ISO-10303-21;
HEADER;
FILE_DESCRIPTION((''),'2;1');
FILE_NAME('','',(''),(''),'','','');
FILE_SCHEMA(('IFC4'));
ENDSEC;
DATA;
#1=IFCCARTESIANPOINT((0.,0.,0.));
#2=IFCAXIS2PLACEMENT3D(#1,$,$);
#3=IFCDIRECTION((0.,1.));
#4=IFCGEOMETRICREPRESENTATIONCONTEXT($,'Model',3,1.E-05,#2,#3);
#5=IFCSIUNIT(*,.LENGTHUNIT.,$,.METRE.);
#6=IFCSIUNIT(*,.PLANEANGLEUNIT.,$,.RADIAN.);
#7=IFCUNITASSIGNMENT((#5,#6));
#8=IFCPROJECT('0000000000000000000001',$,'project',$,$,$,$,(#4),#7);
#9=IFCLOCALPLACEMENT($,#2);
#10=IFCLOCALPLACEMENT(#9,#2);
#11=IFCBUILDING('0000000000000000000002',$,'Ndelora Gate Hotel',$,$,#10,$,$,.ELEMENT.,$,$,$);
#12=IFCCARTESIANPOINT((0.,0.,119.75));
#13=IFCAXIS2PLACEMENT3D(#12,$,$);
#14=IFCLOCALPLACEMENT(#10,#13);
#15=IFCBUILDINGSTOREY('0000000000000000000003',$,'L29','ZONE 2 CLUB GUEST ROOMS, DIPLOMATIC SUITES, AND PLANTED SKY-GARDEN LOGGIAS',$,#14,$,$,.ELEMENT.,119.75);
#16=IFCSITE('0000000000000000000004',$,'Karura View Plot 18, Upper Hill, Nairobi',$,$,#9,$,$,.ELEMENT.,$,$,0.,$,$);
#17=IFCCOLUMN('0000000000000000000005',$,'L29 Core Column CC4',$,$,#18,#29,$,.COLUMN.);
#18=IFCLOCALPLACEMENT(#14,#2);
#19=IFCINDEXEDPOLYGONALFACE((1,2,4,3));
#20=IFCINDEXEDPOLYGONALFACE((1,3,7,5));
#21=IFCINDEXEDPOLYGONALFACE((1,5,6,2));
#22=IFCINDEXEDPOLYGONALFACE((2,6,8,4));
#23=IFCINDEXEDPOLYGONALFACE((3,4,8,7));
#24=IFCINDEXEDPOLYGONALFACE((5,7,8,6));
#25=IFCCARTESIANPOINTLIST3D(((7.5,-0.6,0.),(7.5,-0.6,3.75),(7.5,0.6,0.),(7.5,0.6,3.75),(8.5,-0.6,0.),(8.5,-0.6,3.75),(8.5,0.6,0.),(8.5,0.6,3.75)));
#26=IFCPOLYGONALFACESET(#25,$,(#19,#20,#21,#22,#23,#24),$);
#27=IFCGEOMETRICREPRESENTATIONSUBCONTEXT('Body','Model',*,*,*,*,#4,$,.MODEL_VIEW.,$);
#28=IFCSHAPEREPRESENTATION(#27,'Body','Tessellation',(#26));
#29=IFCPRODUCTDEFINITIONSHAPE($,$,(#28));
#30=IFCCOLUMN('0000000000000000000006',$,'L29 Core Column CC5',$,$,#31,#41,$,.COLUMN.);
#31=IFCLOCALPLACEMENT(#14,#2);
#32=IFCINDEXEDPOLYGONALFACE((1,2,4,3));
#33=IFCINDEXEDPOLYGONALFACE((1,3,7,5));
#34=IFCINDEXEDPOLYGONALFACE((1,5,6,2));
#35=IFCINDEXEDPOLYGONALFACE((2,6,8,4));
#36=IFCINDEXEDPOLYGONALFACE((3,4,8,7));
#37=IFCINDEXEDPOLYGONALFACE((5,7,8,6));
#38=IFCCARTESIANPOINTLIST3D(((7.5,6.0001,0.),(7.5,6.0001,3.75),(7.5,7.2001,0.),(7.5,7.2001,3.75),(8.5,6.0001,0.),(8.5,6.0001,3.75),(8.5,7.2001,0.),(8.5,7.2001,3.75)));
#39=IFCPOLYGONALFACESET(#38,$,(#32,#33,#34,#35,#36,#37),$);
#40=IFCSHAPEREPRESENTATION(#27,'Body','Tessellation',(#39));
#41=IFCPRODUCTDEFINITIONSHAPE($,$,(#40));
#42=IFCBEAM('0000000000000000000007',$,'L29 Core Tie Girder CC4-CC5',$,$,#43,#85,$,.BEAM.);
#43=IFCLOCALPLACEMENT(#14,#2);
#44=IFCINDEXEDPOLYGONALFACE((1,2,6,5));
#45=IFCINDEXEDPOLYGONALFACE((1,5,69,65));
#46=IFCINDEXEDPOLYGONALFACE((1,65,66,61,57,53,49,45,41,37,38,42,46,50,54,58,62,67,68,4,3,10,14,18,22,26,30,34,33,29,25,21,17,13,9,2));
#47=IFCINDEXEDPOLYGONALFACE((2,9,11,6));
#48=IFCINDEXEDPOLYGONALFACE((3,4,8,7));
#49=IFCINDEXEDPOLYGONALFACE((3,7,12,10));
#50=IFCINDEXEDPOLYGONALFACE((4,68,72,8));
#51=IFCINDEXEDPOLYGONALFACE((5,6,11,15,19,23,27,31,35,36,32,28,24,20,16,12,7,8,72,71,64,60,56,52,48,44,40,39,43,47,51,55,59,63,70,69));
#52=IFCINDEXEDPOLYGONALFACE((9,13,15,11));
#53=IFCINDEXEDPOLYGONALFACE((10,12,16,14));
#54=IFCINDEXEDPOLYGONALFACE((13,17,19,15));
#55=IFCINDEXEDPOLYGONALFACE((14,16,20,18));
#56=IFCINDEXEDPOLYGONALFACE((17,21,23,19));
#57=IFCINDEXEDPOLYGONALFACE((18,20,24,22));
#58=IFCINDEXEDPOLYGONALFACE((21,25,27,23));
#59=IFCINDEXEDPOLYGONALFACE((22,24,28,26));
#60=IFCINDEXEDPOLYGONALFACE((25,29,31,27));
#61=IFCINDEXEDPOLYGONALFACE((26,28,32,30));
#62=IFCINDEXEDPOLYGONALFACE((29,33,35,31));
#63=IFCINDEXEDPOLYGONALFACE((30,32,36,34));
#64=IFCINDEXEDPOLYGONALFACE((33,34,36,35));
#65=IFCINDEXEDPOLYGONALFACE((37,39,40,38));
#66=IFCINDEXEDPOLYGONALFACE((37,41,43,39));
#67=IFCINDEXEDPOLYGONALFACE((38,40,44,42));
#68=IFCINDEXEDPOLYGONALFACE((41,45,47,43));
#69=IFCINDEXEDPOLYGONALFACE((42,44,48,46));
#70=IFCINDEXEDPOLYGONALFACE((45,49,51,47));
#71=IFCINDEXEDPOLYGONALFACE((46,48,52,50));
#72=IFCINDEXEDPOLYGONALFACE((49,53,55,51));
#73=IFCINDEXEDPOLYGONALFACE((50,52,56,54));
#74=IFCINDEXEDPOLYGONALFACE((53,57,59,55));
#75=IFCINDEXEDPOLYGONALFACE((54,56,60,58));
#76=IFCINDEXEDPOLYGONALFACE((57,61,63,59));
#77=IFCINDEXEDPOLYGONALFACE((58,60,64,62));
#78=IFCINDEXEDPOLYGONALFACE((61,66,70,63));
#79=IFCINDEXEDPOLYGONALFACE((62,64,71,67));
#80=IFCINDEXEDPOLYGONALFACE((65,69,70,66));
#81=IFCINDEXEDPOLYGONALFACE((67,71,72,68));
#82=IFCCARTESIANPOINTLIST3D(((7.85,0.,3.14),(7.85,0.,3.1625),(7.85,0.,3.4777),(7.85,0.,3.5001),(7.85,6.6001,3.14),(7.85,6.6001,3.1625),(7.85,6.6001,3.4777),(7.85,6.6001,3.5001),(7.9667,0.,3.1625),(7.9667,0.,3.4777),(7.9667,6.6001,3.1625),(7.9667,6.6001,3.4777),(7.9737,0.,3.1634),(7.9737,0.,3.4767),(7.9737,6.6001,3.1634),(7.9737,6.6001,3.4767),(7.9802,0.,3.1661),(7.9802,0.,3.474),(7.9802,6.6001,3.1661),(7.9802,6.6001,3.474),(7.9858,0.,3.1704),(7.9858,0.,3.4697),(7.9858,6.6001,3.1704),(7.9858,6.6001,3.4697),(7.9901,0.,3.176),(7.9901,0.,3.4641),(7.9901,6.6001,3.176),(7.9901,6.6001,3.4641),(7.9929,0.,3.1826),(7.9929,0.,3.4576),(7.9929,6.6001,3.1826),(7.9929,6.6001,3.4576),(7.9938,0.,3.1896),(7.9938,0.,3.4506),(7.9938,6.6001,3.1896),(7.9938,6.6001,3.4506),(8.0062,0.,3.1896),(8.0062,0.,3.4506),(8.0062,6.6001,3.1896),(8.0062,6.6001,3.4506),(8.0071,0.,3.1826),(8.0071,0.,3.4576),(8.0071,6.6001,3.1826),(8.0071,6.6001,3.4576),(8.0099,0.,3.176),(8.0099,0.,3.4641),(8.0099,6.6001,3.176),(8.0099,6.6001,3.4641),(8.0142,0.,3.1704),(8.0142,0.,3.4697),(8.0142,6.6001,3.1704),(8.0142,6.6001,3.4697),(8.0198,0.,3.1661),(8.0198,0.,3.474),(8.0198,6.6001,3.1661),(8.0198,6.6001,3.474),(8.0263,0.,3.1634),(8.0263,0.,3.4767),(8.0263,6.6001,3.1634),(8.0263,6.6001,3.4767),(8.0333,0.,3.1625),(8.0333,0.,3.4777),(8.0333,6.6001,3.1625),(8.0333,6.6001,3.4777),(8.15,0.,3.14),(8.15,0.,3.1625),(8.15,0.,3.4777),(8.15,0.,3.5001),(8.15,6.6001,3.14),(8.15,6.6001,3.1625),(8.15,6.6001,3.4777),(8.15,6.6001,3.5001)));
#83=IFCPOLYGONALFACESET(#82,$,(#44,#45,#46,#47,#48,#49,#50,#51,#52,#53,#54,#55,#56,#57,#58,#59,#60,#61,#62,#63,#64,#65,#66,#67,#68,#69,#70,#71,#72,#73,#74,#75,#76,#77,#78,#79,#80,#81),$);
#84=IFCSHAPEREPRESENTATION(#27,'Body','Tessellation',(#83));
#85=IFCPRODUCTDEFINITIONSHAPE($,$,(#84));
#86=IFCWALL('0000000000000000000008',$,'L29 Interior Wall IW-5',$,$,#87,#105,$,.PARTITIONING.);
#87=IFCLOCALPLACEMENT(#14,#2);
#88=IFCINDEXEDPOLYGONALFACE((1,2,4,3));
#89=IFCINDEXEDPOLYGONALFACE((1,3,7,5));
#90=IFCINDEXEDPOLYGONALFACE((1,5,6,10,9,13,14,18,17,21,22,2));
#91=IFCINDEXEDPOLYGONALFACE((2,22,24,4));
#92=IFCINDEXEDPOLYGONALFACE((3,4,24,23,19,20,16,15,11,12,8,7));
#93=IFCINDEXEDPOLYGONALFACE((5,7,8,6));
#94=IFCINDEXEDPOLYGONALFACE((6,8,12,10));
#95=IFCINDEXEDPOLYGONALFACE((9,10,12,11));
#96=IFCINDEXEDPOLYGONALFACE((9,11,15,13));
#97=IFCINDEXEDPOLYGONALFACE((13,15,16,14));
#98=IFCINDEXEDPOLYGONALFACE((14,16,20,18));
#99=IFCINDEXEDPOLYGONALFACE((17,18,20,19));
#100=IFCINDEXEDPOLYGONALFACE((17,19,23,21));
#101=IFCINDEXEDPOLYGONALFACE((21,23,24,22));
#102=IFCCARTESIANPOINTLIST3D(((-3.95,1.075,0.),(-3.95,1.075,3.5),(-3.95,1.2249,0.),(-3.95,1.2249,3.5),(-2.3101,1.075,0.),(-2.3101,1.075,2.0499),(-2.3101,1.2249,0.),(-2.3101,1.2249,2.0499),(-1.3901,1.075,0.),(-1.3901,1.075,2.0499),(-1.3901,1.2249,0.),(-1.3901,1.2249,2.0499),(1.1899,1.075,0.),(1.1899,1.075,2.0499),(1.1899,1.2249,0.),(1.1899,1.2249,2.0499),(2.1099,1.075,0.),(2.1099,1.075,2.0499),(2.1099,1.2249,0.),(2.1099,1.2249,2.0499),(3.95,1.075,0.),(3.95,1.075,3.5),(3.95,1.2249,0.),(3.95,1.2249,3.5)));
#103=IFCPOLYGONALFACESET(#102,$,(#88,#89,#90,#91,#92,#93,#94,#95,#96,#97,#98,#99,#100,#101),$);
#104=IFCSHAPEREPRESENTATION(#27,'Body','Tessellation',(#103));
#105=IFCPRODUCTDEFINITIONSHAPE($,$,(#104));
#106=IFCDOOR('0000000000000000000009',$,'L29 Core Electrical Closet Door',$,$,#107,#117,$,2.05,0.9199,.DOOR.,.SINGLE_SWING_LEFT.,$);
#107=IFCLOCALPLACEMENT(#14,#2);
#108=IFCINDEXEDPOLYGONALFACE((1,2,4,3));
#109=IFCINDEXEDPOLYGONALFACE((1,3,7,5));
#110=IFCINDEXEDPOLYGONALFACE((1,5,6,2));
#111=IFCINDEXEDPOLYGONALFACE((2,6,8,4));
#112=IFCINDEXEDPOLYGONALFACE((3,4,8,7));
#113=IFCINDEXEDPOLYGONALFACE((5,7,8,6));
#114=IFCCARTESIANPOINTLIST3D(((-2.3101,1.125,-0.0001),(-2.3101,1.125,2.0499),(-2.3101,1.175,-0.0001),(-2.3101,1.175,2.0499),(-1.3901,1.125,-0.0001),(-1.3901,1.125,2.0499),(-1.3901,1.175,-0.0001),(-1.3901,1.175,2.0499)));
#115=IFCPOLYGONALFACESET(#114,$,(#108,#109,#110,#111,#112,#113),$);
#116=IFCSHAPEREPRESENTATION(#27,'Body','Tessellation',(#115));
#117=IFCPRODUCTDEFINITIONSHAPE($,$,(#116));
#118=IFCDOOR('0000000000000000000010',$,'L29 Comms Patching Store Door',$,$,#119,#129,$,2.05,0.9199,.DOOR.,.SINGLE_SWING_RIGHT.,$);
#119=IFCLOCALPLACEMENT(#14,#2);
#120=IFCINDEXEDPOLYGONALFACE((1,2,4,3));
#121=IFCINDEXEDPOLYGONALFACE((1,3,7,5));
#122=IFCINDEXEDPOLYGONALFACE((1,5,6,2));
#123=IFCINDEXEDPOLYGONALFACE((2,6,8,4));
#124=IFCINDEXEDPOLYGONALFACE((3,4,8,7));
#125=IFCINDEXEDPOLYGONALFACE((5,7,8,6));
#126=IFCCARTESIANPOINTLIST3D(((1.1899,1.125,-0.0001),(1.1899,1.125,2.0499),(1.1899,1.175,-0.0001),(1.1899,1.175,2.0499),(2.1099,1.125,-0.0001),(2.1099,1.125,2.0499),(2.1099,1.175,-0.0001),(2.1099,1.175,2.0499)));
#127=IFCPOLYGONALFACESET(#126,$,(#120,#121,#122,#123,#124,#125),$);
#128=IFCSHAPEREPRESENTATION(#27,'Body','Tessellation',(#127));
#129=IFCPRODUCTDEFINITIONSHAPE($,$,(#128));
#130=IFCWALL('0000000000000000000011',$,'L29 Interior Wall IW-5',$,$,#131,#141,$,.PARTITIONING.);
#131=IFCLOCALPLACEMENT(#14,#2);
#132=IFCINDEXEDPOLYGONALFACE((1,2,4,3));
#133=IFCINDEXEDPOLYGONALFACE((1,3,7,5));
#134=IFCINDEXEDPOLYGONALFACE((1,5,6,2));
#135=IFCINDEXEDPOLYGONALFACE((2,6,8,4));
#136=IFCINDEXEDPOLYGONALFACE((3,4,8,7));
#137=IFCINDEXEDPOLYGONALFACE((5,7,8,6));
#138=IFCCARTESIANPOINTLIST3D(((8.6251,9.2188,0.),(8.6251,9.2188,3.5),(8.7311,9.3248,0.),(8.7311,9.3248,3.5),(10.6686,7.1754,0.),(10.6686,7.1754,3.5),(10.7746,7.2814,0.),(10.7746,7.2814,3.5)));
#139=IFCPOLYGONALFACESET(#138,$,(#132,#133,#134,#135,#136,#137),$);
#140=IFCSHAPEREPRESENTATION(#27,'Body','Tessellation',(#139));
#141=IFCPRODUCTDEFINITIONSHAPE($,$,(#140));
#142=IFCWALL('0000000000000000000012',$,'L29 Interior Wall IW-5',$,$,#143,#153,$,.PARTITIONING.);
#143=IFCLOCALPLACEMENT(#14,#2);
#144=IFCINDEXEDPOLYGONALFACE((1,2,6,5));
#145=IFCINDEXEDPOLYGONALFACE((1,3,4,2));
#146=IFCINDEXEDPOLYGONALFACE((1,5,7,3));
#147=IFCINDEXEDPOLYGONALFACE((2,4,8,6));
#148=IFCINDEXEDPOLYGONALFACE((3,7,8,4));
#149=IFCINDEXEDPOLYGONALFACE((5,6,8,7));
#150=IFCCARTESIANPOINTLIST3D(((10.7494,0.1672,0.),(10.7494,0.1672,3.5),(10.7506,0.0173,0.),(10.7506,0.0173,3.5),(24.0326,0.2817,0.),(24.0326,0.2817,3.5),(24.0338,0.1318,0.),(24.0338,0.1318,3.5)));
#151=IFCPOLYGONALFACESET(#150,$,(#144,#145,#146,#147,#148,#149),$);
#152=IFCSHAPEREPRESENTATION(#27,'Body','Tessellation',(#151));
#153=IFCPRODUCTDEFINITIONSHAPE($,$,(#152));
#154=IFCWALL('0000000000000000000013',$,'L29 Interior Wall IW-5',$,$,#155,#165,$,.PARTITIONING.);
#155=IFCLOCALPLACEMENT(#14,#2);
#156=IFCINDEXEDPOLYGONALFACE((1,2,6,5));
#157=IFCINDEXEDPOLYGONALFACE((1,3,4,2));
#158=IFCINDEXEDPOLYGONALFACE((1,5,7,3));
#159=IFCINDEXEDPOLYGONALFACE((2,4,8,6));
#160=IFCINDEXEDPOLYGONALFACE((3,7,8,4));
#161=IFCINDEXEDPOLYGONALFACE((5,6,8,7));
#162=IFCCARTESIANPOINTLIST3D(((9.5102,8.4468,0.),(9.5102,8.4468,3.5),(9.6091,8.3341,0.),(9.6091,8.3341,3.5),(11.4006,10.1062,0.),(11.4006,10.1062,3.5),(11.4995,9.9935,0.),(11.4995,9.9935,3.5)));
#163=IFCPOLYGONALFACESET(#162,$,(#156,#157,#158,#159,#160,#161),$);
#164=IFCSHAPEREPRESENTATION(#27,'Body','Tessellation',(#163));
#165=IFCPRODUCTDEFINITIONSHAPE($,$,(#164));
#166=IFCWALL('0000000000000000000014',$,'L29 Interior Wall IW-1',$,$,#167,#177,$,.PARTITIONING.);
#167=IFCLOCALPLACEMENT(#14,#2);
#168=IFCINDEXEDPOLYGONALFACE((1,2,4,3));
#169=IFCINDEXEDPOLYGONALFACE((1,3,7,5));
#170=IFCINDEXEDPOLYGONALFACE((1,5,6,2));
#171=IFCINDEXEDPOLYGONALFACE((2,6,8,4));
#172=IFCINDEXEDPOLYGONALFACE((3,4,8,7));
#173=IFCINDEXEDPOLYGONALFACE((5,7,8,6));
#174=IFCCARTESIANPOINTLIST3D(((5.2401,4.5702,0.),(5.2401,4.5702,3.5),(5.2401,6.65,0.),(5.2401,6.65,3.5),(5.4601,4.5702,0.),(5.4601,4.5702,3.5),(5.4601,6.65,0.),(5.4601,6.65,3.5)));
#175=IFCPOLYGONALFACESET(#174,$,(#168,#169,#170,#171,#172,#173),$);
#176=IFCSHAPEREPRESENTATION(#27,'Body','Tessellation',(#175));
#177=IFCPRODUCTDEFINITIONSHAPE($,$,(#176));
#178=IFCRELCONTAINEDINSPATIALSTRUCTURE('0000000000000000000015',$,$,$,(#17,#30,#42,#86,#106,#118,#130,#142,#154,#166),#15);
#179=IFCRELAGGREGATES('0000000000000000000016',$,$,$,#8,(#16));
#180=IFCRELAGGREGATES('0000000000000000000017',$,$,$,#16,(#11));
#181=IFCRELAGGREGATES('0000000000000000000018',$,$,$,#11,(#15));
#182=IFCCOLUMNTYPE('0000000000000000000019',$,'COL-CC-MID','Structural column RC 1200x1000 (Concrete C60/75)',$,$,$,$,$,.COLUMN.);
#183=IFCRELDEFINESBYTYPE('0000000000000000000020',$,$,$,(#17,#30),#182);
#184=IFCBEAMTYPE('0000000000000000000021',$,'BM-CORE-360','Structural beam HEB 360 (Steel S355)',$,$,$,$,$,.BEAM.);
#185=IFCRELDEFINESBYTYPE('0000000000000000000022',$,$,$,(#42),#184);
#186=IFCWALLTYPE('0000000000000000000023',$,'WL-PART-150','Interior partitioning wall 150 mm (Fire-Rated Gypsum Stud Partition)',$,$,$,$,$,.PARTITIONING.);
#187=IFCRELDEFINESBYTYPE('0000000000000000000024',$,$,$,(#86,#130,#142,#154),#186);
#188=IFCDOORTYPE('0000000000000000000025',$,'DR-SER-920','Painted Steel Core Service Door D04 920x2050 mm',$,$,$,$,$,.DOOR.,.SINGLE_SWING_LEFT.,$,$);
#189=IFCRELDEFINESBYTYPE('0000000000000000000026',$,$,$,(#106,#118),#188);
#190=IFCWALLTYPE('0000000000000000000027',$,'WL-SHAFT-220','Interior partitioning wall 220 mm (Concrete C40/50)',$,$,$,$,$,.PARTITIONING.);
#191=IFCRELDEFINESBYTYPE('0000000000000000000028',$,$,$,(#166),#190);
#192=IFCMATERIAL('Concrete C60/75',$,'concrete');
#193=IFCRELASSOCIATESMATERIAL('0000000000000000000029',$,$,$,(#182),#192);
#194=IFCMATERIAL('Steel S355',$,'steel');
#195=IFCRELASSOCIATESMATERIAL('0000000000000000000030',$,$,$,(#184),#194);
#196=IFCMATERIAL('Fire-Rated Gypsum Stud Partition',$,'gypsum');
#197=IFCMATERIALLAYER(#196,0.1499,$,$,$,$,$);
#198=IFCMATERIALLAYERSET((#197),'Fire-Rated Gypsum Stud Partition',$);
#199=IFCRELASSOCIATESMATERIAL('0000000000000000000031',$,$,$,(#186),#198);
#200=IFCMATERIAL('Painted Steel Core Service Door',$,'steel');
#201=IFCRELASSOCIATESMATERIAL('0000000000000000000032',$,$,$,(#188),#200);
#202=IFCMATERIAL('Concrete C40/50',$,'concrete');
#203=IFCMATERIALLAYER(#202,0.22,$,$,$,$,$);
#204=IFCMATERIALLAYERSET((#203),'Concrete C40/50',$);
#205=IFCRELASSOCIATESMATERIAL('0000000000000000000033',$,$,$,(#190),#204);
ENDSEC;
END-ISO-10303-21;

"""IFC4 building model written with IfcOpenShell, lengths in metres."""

from ifc_helpers import new_model, si_unit, direction, frame, frame_2d, origin, origin_2d, place, context, subcontext, project, spatial, rectangle, i_section, extrude, material, layer, layer_set, material_profile, profile_set, type_object, element, fill, save


model = new_model("IFC4")

# Units and contexts
model_context = context("Model", 3, precision=1e-05, world=origin(), true_north=direction((0.0, 1.0)))
body_context = subcontext(model_context, "Body", "Model", "MODEL_VIEW")
ifc_project = project(units=[si_unit("LENGTHUNIT", "METRE"), si_unit("PLANEANGLEUNIT", "RADIAN")], contexts=[model_context])

# Site, building, storey
site_placement = place(None, origin())
site = spatial("IfcSite", under=ifc_project, at=site_placement, Name="Karura View Plot 18, Upper Hill, Nairobi", CompositionType="ELEMENT", RefElevation=0.0)
building_placement = place(site_placement, origin())
building = spatial("IfcBuilding", under=site, at=building_placement, Name="Ndelora Gate Hotel", CompositionType="ELEMENT")
storey_placement = place(building_placement, frame((0.0, 0.0, 119.75)))
storey = spatial("IfcBuildingStorey", under=building, at=storey_placement, Name="L29", Description="ZONE 2 CLUB GUEST ROOMS, DIPLOMATIC SUITES, AND PLANTED SKY-GARDEN LOGGIAS", CompositionType="ELEMENT", Elevation=119.75)

# Columns
ifc_material_1 = material(Name="Concrete C60/75", Category="concrete")
ifc_material_profile_1 = material_profile(ifc_material_1, rectangle(XDim=1.0, YDim=1.2, at=origin_2d()), Name="RC 1200x1000")
ifc_profile_set_1 = profile_set([ifc_material_profile_1], Name="Concrete C60/75")
column_type = type_object("IfcColumnType", Name="COL-CC-MID", Description="Structural column RC 1200x1000 (Concrete C60/75)", PredefinedType="COLUMN", material=ifc_profile_set_1)
for number, where, z_axis, x_axis, name in (
    (1, (8.0, 0.0, 0.0), (0.0, 0.0, 1.0), (1.0, 0.0, 0.0), "L29 Core Column CC4"),
    (2, (8.0, 6.6001, 0.0), (0.0, 0.0, 1.0), (1.0, 0.0, 0.0), "L29 Core Column CC5"),
):
    element("IfcColumn", number, at=place(storey_placement, frame(where, z_axis=z_axis, x_axis=x_axis)), inside=storey, type_object=column_type, Name=name, PredefinedType="COLUMN", context=body_context, shape_type="SweptSolid", body=[
        extrude(rectangle(XDim=1.0, YDim=1.2, at=origin_2d()), origin(), (0.0, 0.0, 1.0), 3.75),
    ])

# Beam
ifc_material_2 = material(Name="Steel S355", Category="steel")
ifc_material_profile_2 = material_profile(ifc_material_2, i_section(OverallWidth=0.3, OverallDepth=0.3601, WebThickness=0.0125, FlangeThickness=0.0225, FilletRadius=0.0271, at=origin_2d()), Name="HEB 360")
ifc_profile_set_2 = profile_set([ifc_material_profile_2], Name="Steel S355")
beam_type = type_object("IfcBeamType", Name="BM-CORE-360", Description="Structural beam HEB 360 (Steel S355)", PredefinedType="BEAM", material=ifc_profile_set_2)
beam_placement = place(storey_placement, frame((8.0, 0.0, 3.3201), z_axis=(0.0, 1.0, 0.0), x_axis=(-1.0, 0.0, 0.0)))
element("IfcBeam", 3, at=beam_placement, inside=storey, type_object=beam_type, Name="L29 Core Tie Girder CC4-CC5", PredefinedType="BEAM", context=body_context, shape_type="SweptSolid", body=[
    extrude(i_section(OverallWidth=0.3, OverallDepth=0.3601, WebThickness=0.0125, FlangeThickness=0.0225, FilletRadius=0.0271, at=origin_2d()), origin(), (0.0, 0.0, 1.0), 6.6001),
])

# Shared definitions
ifc_material_3 = material(Name="Concrete C40/50", Category="concrete")

# Wall, openings, doors
ifc_material_4 = material(Name="Fire-Rated Gypsum Stud Partition", Category="gypsum")
ifc_layer_1 = layer(ifc_material_4, 0.1499)
ifc_layer_set_1 = layer_set([ifc_layer_1], Name="Fire-Rated Gypsum Stud Partition")
wall_type_1 = type_object("IfcWallType", Name="WL-PART-150", Description="Interior partitioning wall 150 mm (Fire-Rated Gypsum Stud Partition)", PredefinedType="PARTITIONING", material=ifc_layer_set_1)
wall_1_placement = place(storey_placement, frame((3.95, 1.1499, 0.0), z_axis=(0.0, 0.0, 1.0), x_axis=(-1.0, 0.0, 0.0)))
wall_1 = element("IfcWall", 4, at=wall_1_placement, inside=storey, type_object=wall_type_1, Name="L29 Interior Wall IW-5", PredefinedType="PARTITIONING", context=body_context, shape_type="SweptSolid", body=[
    extrude(rectangle(XDim=7.8999, YDim=0.1499, at=frame_2d((3.95, 0.0))), origin(), (0.0, 0.0, 1.0), 3.5),
])
opening_1_placement = place(wall_1_placement, frame((5.3401, 0.0, 0.0)))
opening_1 = element("IfcOpeningElement", 5, at=opening_1_placement, cuts=wall_1, PredefinedType="OPENING", context=body_context, shape_type="SweptSolid", body=[
    extrude(rectangle(XDim=0.9199, YDim=2.05, at=frame_2d((0.46, 1.0249))), frame((0.0, 0.085, 0.0), z_axis=(0.0, -1.0, 0.0), x_axis=(1.0, 0.0, 0.0)), (0.0, 0.0, 1.0), 0.1699),
])
opening_2_placement = place(wall_1_placement, frame((1.8401, 0.0, 0.0)))
opening_2 = element("IfcOpeningElement", 6, at=opening_2_placement, cuts=wall_1, PredefinedType="OPENING", context=body_context, shape_type="SweptSolid", body=[
    extrude(rectangle(XDim=0.9199, YDim=2.05, at=frame_2d((0.46, 1.0249))), frame((0.0, 0.085, 0.0), z_axis=(0.0, -1.0, 0.0), x_axis=(1.0, 0.0, 0.0)), (0.0, 0.0, 1.0), 0.1699),
])
ifc_material_5 = material(Name="Painted Steel Core Service Door", Category="steel")
door_type_1 = type_object("IfcDoorType", Name="DR-SER-920", Description="Painted Steel Core Service Door D04 920x2050 mm", OperationType="SINGLE_SWING_LEFT", PredefinedType="DOOR", material=ifc_material_5)
door_1_placement = place(opening_1_placement, origin())
door_1 = element("IfcDoor", 7, at=door_1_placement, inside=storey, type_object=door_type_1, Name="L29 Core Electrical Closet Door", OperationType="SINGLE_SWING_LEFT", OverallHeight=2.05, OverallWidth=0.9199, PredefinedType="DOOR", context=body_context, shape_type="SweptSolid", body=[
    extrude(rectangle(XDim=0.9199, YDim=2.05, at=frame_2d((0.46, 1.0249))), frame((0.0, 0.0249, 0.0), z_axis=(0.0, -1.0, 0.0), x_axis=(1.0, 0.0, 0.0)), (0.0, 0.0, 1.0), 0.05),
])
fill(opening_1, door_1)
door_2_placement = place(opening_2_placement, origin())
door_2 = element("IfcDoor", 8, at=door_2_placement, inside=storey, type_object=door_type_1, Name="L29 Comms Patching Store Door", OperationType="SINGLE_SWING_RIGHT", OverallHeight=2.05, OverallWidth=0.9199, PredefinedType="DOOR", context=body_context, shape_type="SweptSolid", body=[
    extrude(rectangle(XDim=0.9199, YDim=2.05, at=frame_2d((0.46, 1.0249))), frame((0.0, 0.0249, 0.0), z_axis=(0.0, -1.0, 0.0), x_axis=(1.0, 0.0, 0.0)), (0.0, 0.0, 1.0), 0.05),
])
fill(opening_2, door_2)

# Walls
wall_2_placement = place(storey_placement, frame((8.6782, 9.2717, 0.0), z_axis=(0.0, 0.0, 1.0), x_axis=(0.707107, -0.707107, 0.0)))
element("IfcWall", 9, at=wall_2_placement, inside=storey, type_object=wall_type_1, Name="L29 Interior Wall IW-5", PredefinedType="PARTITIONING", context=body_context, shape_type="SweptSolid", body=[
    extrude(rectangle(XDim=2.8899, YDim=0.1499, at=frame_2d((1.4448, 0.0))), origin(), (0.0, 0.0, 1.0), 3.5),
])
wall_3_placement = place(storey_placement, frame((10.75, 0.0923, 0.0), z_axis=(0.0, 0.0, 1.0), x_axis=(0.999963, 0.00862, 0.0)))
element("IfcWall", 10, at=wall_3_placement, inside=storey, type_object=wall_type_1, Name="L29 Interior Wall IW-5", PredefinedType="PARTITIONING", context=body_context, shape_type="SweptSolid", body=[
    extrude(rectangle(XDim=13.2837, YDim=0.1499, at=frame_2d((6.6418, 0.0))), origin(), (0.0, 0.0, 1.0), 3.5),
])
wall_4_placement = place(storey_placement, frame((9.5596, 8.3904, 0.0), z_axis=(0.0, 0.0, 1.0), x_axis=(0.751524, 0.659706, 0.0)))
element("IfcWall", 11, at=wall_4_placement, inside=storey, type_object=wall_type_1, Name="L29 Interior Wall IW-5", PredefinedType="PARTITIONING", context=body_context, shape_type="SweptSolid", body=[
    extrude(rectangle(XDim=2.5154, YDim=0.1499, at=frame_2d((1.2578, 0.0))), origin(), (0.0, 0.0, 1.0), 3.5),
])

# Shared definitions
ifc_layer_2 = layer(ifc_material_3, 0.22)
ifc_layer_set_2 = layer_set([ifc_layer_2], Name="Concrete C40/50")
wall_type_2 = type_object("IfcWallType", Name="WL-SHAFT-220", Description="Interior partitioning wall 220 mm (Concrete C40/50)", PredefinedType="PARTITIONING", material=ifc_layer_set_2)

# Wall
wall_5_placement = place(storey_placement, frame((5.3501, 4.5701, 0.0), z_axis=(0.0, 0.0, 1.0), x_axis=(0.0, 1.0, 0.0)))
element("IfcWall", 12, at=wall_5_placement, inside=storey, type_object=wall_type_2, Name="L29 Interior Wall IW-1", PredefinedType="PARTITIONING", context=body_context, shape_type="SweptSolid", body=[
    extrude(rectangle(XDim=2.0798, YDim=0.22, at=frame_2d((1.04, 0.0))), origin(), (0.0, 0.0, 1.0), 3.5),
])

save(model, "model.ifc")
